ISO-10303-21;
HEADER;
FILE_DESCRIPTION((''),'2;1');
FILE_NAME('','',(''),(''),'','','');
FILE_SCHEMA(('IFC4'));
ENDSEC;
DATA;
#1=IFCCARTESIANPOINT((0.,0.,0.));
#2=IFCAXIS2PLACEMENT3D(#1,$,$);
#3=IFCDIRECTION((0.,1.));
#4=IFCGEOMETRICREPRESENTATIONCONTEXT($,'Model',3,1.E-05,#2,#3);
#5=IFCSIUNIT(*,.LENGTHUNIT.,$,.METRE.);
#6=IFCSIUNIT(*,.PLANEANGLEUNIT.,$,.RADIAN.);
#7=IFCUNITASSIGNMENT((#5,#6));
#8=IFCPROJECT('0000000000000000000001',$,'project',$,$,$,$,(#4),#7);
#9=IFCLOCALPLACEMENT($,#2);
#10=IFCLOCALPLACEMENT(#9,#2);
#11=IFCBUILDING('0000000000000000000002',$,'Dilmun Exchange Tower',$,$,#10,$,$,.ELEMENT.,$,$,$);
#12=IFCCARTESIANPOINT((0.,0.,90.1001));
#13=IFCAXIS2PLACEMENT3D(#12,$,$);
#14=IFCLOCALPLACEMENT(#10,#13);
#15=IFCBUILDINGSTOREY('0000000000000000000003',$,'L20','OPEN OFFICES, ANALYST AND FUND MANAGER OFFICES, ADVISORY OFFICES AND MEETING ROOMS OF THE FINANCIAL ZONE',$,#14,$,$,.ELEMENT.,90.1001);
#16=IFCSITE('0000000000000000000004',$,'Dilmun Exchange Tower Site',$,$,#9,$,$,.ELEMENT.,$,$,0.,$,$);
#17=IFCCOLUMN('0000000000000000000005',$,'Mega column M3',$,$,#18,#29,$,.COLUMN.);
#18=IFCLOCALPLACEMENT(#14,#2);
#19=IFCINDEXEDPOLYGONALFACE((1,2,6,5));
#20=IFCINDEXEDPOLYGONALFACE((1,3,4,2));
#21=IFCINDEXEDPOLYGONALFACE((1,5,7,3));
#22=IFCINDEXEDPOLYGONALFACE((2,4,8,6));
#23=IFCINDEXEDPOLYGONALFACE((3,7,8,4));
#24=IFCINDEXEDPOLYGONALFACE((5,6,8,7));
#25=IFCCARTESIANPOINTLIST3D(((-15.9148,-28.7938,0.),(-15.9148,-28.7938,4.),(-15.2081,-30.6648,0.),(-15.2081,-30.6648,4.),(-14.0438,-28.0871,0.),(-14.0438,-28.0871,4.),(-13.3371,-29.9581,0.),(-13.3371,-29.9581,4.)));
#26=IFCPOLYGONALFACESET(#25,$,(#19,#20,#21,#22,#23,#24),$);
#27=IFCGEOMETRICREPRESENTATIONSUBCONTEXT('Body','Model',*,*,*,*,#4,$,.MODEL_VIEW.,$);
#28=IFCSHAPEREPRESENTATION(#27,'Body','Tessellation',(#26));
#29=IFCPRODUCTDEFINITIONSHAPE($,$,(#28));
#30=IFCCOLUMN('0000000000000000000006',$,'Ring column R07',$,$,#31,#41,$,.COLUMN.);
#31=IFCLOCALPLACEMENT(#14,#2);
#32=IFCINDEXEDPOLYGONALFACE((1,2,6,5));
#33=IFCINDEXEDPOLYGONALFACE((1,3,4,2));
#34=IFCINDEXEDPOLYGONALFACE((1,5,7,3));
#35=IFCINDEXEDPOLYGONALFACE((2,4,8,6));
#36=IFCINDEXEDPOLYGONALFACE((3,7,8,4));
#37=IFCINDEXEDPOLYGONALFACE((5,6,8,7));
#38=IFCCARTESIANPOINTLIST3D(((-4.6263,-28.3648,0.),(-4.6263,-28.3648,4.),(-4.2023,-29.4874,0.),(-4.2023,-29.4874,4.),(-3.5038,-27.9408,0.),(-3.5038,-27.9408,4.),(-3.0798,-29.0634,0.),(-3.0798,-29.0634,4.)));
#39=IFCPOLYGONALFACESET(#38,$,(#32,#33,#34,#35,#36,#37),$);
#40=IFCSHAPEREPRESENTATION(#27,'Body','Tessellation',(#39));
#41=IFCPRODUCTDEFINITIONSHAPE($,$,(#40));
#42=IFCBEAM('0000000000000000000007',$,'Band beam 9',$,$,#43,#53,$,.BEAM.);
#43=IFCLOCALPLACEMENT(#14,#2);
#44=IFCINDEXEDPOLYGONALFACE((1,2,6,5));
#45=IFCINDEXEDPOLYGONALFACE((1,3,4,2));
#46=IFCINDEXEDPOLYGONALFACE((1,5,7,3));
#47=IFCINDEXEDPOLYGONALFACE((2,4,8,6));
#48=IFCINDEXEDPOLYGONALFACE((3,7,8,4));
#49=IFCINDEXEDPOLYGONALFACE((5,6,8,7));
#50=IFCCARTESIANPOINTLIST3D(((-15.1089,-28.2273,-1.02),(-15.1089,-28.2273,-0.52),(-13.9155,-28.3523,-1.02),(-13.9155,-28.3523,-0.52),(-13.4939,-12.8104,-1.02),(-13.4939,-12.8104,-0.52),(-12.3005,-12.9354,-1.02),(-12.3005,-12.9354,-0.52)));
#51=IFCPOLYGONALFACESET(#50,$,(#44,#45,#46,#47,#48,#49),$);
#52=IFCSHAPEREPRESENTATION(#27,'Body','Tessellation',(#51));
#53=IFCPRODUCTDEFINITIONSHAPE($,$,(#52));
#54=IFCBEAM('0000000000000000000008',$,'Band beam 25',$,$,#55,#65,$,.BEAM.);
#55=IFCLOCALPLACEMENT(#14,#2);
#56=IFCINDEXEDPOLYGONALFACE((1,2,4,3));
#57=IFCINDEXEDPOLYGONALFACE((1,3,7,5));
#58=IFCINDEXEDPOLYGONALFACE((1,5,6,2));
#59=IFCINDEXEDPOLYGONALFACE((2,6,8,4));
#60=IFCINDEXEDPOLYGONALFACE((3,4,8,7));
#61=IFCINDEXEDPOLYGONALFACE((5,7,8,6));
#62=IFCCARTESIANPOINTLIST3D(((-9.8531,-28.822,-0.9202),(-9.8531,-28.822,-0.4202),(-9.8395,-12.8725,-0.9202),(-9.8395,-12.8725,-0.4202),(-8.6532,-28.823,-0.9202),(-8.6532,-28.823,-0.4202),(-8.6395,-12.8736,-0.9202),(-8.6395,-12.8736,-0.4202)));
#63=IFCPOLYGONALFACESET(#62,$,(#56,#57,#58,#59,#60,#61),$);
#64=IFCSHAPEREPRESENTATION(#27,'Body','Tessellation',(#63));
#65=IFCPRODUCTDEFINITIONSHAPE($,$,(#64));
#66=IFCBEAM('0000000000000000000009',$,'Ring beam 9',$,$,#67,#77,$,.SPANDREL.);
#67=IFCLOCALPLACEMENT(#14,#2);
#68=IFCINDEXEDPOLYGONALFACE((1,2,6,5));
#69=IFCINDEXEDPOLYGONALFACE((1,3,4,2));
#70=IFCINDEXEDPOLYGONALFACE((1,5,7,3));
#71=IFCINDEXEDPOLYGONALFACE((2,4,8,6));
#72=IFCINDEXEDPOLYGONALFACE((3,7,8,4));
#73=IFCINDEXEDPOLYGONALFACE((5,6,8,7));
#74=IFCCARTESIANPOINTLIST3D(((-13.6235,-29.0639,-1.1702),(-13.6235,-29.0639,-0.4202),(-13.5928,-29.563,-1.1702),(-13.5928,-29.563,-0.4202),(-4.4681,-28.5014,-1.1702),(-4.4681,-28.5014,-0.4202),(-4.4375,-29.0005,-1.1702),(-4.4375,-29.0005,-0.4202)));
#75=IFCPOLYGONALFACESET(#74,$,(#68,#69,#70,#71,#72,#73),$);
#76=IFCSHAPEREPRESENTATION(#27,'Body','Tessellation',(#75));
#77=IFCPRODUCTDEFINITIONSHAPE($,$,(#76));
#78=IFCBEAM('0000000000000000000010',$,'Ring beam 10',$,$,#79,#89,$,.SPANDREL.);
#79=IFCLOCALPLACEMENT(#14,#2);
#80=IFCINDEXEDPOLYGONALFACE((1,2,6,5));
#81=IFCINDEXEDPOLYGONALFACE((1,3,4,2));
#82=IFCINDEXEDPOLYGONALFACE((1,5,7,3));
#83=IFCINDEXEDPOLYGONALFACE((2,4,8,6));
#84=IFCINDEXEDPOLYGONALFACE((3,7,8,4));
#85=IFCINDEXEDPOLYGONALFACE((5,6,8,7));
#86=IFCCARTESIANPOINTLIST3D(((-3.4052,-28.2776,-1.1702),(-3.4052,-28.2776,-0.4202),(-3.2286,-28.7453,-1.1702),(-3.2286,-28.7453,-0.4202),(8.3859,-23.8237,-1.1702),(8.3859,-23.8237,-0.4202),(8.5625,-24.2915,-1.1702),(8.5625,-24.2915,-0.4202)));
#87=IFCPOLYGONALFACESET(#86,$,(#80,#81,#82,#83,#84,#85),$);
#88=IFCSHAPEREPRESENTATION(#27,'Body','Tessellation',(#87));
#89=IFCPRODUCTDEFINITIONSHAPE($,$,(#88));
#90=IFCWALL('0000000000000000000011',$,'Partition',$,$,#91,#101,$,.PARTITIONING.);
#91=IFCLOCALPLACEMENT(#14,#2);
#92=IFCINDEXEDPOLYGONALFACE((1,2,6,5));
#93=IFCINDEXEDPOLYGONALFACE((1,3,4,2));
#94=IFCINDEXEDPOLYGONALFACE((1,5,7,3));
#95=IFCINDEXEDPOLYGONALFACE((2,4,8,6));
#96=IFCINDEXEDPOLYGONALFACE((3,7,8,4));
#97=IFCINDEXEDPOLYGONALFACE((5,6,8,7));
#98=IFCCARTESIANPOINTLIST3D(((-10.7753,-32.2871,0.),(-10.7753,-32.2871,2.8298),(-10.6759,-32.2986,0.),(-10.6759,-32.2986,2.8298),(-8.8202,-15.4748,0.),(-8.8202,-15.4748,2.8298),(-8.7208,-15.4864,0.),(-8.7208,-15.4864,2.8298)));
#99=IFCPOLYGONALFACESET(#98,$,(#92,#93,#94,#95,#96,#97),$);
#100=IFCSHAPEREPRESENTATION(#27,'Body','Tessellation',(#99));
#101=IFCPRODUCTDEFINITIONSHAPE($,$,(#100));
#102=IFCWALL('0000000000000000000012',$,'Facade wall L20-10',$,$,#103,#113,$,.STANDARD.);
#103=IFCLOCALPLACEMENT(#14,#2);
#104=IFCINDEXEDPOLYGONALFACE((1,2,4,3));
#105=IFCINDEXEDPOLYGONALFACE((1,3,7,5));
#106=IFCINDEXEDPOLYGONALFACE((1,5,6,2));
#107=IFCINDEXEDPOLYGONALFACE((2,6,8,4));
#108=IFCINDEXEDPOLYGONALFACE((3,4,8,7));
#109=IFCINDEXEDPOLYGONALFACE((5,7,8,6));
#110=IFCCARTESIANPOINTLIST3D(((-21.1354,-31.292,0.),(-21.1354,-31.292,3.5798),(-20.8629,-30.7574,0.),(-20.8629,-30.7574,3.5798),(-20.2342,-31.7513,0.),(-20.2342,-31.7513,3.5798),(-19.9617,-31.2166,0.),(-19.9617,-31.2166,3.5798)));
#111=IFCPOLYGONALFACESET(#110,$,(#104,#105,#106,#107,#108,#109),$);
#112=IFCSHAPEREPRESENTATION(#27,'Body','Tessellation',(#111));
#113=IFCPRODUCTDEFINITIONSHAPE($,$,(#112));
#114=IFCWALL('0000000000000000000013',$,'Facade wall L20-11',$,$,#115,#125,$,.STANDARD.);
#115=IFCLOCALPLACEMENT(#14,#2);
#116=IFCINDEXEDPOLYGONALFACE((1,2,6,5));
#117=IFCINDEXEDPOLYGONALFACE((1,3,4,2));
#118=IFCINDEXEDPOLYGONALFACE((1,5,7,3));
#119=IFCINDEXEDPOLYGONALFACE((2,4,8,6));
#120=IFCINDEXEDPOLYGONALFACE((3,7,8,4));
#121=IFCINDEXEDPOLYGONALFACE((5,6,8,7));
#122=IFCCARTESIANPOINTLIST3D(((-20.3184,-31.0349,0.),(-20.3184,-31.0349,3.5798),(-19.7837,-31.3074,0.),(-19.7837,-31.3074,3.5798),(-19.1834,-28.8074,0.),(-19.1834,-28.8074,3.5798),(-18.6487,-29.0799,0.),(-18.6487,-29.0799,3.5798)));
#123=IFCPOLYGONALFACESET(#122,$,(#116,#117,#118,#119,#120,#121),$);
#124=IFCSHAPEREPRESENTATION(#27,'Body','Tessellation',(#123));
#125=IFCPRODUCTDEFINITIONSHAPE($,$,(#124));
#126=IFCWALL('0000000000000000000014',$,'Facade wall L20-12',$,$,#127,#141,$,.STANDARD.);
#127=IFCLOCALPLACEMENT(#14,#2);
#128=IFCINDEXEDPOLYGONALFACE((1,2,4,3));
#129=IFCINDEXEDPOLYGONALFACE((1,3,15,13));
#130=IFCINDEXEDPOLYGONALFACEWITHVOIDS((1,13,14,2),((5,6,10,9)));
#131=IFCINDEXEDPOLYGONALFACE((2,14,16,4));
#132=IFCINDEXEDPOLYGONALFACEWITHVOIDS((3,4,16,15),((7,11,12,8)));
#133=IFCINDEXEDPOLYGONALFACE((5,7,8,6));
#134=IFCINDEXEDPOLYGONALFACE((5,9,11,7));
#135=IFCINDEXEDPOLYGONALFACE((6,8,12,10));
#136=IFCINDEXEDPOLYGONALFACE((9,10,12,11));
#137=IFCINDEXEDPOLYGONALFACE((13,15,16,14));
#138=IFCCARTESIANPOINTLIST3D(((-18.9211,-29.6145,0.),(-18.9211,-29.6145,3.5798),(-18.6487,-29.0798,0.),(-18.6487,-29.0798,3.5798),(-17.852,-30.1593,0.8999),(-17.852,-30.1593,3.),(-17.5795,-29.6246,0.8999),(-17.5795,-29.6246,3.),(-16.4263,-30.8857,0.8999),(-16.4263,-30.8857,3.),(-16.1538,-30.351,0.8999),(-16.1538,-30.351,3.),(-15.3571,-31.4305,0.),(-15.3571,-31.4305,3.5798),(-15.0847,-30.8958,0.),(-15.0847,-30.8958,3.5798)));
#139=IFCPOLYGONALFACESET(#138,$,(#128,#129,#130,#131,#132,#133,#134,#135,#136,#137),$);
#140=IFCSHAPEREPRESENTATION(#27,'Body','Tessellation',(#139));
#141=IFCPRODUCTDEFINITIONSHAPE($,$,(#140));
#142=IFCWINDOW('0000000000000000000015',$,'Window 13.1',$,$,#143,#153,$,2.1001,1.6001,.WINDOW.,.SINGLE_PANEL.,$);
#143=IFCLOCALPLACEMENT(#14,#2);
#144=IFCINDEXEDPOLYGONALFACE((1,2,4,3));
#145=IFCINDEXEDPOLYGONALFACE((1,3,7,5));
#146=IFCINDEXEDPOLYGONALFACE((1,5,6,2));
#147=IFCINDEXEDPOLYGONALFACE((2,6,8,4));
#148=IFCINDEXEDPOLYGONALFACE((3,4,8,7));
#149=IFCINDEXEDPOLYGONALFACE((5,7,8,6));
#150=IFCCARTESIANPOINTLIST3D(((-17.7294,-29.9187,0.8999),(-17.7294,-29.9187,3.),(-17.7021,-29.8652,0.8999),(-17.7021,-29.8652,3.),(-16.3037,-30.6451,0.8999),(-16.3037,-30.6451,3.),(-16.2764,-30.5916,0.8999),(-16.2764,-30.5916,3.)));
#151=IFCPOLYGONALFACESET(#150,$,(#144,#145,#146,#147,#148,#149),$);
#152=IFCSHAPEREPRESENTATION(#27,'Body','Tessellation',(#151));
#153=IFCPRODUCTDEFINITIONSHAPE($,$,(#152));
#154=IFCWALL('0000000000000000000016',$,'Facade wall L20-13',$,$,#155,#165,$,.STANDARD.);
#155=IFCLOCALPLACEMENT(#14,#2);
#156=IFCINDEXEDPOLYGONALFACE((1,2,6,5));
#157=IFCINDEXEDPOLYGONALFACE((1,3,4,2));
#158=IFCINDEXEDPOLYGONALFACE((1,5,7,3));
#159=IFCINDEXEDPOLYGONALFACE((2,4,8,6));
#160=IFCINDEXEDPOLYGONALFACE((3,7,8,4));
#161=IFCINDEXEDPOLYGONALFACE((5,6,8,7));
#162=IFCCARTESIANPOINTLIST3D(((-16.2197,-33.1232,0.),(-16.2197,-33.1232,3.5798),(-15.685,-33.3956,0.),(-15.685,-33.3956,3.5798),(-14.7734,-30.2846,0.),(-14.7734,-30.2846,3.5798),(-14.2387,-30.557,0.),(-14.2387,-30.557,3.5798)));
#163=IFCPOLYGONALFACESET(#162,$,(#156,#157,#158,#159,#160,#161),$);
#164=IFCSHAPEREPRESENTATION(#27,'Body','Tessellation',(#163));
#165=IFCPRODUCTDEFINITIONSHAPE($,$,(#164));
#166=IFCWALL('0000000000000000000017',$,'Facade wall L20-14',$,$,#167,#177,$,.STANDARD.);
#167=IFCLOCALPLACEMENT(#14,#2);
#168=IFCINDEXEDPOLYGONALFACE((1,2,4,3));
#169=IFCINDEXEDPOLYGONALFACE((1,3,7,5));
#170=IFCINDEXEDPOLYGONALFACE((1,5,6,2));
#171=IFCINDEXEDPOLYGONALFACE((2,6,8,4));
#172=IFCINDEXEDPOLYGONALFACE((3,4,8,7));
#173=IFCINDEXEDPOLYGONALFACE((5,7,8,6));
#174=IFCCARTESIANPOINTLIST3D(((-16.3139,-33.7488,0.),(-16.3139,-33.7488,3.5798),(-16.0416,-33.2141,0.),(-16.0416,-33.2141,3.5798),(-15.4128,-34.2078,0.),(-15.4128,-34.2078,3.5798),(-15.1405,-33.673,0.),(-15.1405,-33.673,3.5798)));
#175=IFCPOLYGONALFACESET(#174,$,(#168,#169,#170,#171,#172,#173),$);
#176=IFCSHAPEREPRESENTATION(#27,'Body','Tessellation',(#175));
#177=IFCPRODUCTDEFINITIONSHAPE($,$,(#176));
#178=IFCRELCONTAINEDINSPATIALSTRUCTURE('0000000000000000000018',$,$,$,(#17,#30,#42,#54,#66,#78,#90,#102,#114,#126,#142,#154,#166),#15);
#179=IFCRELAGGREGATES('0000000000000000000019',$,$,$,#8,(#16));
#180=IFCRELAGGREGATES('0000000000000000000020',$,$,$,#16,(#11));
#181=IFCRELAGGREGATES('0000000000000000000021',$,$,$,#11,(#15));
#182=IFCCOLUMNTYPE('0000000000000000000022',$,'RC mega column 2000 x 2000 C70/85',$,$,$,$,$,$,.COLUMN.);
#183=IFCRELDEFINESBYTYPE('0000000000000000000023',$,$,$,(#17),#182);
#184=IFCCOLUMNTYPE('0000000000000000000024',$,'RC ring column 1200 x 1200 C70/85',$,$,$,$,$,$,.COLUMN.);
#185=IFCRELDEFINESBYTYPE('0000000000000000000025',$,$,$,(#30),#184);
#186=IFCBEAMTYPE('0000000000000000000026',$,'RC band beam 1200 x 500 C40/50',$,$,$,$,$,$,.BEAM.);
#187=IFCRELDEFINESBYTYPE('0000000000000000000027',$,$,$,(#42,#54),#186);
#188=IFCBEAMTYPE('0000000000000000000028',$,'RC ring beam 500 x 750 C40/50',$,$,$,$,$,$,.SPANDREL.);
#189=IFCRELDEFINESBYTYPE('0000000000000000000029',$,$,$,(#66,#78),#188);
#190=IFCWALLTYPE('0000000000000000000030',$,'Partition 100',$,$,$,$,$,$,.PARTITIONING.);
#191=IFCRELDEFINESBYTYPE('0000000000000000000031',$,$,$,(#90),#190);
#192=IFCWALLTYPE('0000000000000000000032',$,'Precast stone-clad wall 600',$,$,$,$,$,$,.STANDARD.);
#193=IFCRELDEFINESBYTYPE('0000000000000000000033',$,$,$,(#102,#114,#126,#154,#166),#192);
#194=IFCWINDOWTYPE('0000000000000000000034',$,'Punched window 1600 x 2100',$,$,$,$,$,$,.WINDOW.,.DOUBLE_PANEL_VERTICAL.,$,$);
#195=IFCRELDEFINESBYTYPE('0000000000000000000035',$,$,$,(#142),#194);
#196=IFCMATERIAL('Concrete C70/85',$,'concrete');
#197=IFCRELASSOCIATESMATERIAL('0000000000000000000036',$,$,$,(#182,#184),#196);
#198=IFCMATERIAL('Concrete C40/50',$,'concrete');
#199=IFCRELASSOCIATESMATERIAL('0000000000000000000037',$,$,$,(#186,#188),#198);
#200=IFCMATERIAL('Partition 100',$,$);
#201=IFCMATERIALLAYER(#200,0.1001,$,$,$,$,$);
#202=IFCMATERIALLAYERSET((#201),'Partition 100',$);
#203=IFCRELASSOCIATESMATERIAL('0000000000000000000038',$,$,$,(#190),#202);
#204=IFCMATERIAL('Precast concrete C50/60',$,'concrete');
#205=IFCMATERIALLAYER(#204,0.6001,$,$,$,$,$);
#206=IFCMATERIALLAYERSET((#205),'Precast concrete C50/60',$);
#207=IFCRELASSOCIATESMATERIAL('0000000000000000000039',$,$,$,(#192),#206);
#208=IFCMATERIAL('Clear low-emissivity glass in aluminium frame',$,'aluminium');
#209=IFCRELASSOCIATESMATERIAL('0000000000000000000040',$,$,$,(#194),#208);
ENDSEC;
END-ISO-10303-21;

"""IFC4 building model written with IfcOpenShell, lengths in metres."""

from ifc_helpers import new_model, si_unit, direction, frame, frame_2d, origin, origin_2d, place, context, subcontext, project, spatial, rectangle, extrude, material, layer, layer_set, material_profile, profile_set, type_object, element, fill, save


model = new_model("IFC4")

# Units and contexts
model_context = context("Model", 3, precision=1e-05, world=origin(), true_north=direction((0.0, 1.0)))
body_context = subcontext(model_context, "Body", "Model", "MODEL_VIEW")
ifc_project = project(units=[si_unit("LENGTHUNIT", "METRE"), si_unit("PLANEANGLEUNIT", "RADIAN")], contexts=[model_context])

# Site, building, storey
site_placement = place(None, origin())
site = spatial("IfcSite", under=ifc_project, at=site_placement, Name="Dilmun Exchange Tower Site", CompositionType="ELEMENT", RefElevation=0.0)
building_placement = place(site_placement, origin())
building = spatial("IfcBuilding", under=site, at=building_placement, Name="Dilmun Exchange Tower", CompositionType="ELEMENT")
storey_placement = place(building_placement, frame((0.0, 0.0, 90.1001)))
storey = spatial("IfcBuildingStorey", under=building, at=storey_placement, Name="L20", Description="OPEN OFFICES, ANALYST AND FUND MANAGER OFFICES, ADVISORY OFFICES AND MEETING ROOMS OF THE FINANCIAL ZONE", CompositionType="ELEMENT", Elevation=90.1001)

# Columns
ifc_material_1 = material(Name="Concrete C70/85", Category="concrete")
ifc_material_profile_1 = material_profile(ifc_material_1, rectangle(XDim=2.0, YDim=2.0, at=origin_2d()), Name="2000 x 2000")
ifc_profile_set_1 = profile_set([ifc_material_profile_1], Name="Concrete C70/85")
column_type_1 = type_object("IfcColumnType", Name="RC mega column 2000 x 2000 C70/85", PredefinedType="COLUMN", material=ifc_profile_set_1)
column_1_placement = place(storey_placement, frame((-14.626, -29.376, 0.0), z_axis=(0.0, 0.0, 1.0), x_axis=(0.935492, 0.353349, 0.0)))
element("IfcColumn", 1, at=column_1_placement, inside=storey, type_object=column_type_1, Name="Mega column M3", PredefinedType="COLUMN", context=body_context, shape_type="SweptSolid", body=[
    extrude(rectangle(XDim=2.0, YDim=2.0, at=origin_2d()), origin(), (0.0, 0.0, 1.0), 4.0),
])
ifc_material_profile_2 = material_profile(ifc_material_1, rectangle(XDim=1.2, YDim=1.2, at=origin_2d()), Name="1200 x 1200")
ifc_profile_set_2 = profile_set([ifc_material_profile_2], Name="Concrete C70/85")
column_type_2 = type_object("IfcColumnType", Name="RC ring column 1200 x 1200 C70/85", PredefinedType="COLUMN", material=ifc_profile_set_2)
column_2_placement = place(storey_placement, frame((-3.853, -28.7141, 0.0), z_axis=(0.0, 0.0, 1.0), x_axis=(0.935492, 0.353349, 0.0)))
element("IfcColumn", 2, at=column_2_placement, inside=storey, type_object=column_type_2, Name="Ring column R07", PredefinedType="COLUMN", context=body_context, shape_type="SweptSolid", body=[
    extrude(rectangle(XDim=1.2, YDim=1.2, at=origin_2d()), origin(), (0.0, 0.0, 1.0), 4.0),
])

# Beams
ifc_material_2 = material(Name="Concrete C40/50", Category="concrete")
ifc_material_profile_3 = material_profile(ifc_material_2, rectangle(XDim=1.2, YDim=0.5, at=origin_2d()), Name="1200 x 500")
ifc_profile_set_3 = profile_set([ifc_material_profile_3], Name="Concrete C40/50")
beam_type_1 = type_object("IfcBeamType", Name="RC band beam 1200 x 500 C40/50", PredefinedType="BEAM", material=ifc_profile_set_3)
beam_1_placement = place(storey_placement, frame((-14.5122, -28.2898, -0.77), z_axis=(0.104185, 0.994558, 0.0), x_axis=(-0.994558, 0.104185, 0.0)))
element("IfcBeam", 3, at=beam_1_placement, inside=storey, type_object=beam_type_1, Name="Band beam 9", PredefinedType="BEAM", context=body_context, shape_type="SweptSolid", body=[
    extrude(rectangle(XDim=1.2, YDim=0.5, at=origin_2d()), origin(), (0.0, 0.0, 1.0), 15.5012),
])
beam_2_placement = place(storey_placement, frame((-9.2532, -28.8225, -0.6702), z_axis=(0.000857, 1.0, 0.0), x_axis=(-1.0, 0.000857, 0.0)))
element("IfcBeam", 4, at=beam_2_placement, inside=storey, type_object=beam_type_1, Name="Band beam 25", PredefinedType="BEAM", context=body_context, shape_type="SweptSolid", body=[
    extrude(rectangle(XDim=1.2, YDim=0.5, at=origin_2d()), origin(), (0.0, 0.0, 1.0), 15.9495),
])
ifc_material_profile_4 = material_profile(ifc_material_2, rectangle(XDim=0.5, YDim=0.75, at=origin_2d()), Name="500 x 750")
ifc_profile_set_4 = profile_set([ifc_material_profile_4], Name="Concrete C40/50")
beam_type_2 = type_object("IfcBeamType", Name="RC ring beam 500 x 750 C40/50", PredefinedType="SPANDREL", material=ifc_profile_set_4)
beam_3_placement = place(storey_placement, frame((-13.6082, -29.3135, -0.7952), z_axis=(0.998118, 0.061324, 0.0), x_axis=(-0.061324, 0.998118, 0.0)))
element("IfcBeam", 5, at=beam_3_placement, inside=storey, type_object=beam_type_2, Name="Ring beam 9", PredefinedType="SPANDREL", context=body_context, shape_type="SweptSolid", body=[
    extrude(rectangle(XDim=0.5, YDim=0.75, at=origin_2d()), origin(), (0.0, 0.0, 1.0), 9.1726),
])
beam_4_placement = place(storey_placement, frame((-3.3169, -28.5115, -0.7952), z_axis=(0.935486, 0.353364, 0.0), x_axis=(-0.353364, 0.935486, 0.0)))
element("IfcBeam", 6, at=beam_4_placement, inside=storey, type_object=beam_type_2, Name="Ring beam 10", PredefinedType="SPANDREL", context=body_context, shape_type="SweptSolid", body=[
    extrude(rectangle(XDim=0.5, YDim=0.75, at=origin_2d()), origin(), (0.0, 0.0, 1.0), 12.6042),
])

# Walls
ifc_material_3 = material(Name="Partition 100")
ifc_layer_1 = layer(ifc_material_3, 0.1001)
ifc_layer_set_1 = layer_set([ifc_layer_1], Name="Partition 100")
wall_type_1 = type_object("IfcWallType", Name="Partition 100", PredefinedType="PARTITIONING", material=ifc_layer_set_1)
wall_1_placement = place(storey_placement, frame((-10.7256, -32.293, 0.0), z_axis=(0.0, 0.0, 1.0), x_axis=(0.11551, 0.993306, 0.0)))
element("IfcWall", 7, at=wall_1_placement, inside=storey, type_object=wall_type_1, Name="Partition", PredefinedType="PARTITIONING", context=body_context, shape_type="SweptSolid", body=[
    extrude(rectangle(XDim=16.9255, YDim=0.1001, at=frame_2d((8.4629, 0.0))), origin(), (0.0, 0.0, 1.0), 2.8298),
])
ifc_material_4 = material(Name="Precast concrete C50/60", Category="concrete")
ifc_layer_2 = layer(ifc_material_4, 0.6001)
ifc_layer_set_2 = layer_set([ifc_layer_2], Name="Precast concrete C50/60")
wall_type_2 = type_object("IfcWallType", Name="Precast stone-clad wall 600", PredefinedType="STANDARD", material=ifc_layer_set_2)
wall_2_placement = place(storey_placement, frame((-20.9993, -31.0247, 0.0), z_axis=(0.0, 0.0, 1.0), x_axis=(0.890973, -0.454056, 0.0)))
element("IfcWall", 8, at=wall_2_placement, inside=storey, type_object=wall_type_2, Name="Facade wall L20-10", PredefinedType="STANDARD", context=body_context, shape_type="SweptSolid", body=[
    extrude(rectangle(XDim=1.0115, YDim=0.6001, at=frame_2d((0.5059, 0.0))), origin(), (0.0, 0.0, 1.0), 3.5798),
])
wall_3_placement = place(storey_placement, frame((-20.051, -31.1711, 0.0), z_axis=(0.0, 0.0, 1.0), x_axis=(0.453997, 0.891003, 0.0)))
element("IfcWall", 9, at=wall_3_placement, inside=storey, type_object=wall_type_2, Name="Facade wall L20-11", PredefinedType="STANDARD", context=body_context, shape_type="SweptSolid", body=[
    extrude(rectangle(XDim=2.5, YDim=0.6001, at=frame_2d((1.25, 0.0))), origin(), (0.0, 0.0, 1.0), 3.5798),
])

# Wall, opening, window
wall_4_placement = place(storey_placement, frame((-18.7849, -29.3472, 0.0), z_axis=(0.0, 0.0, 1.0), x_axis=(0.891008, -0.453988, 0.0)))
wall_4 = element("IfcWall", 10, at=wall_4_placement, inside=storey, type_object=wall_type_2, Name="Facade wall L20-12", PredefinedType="STANDARD", context=body_context, shape_type="SweptSolid", body=[
    extrude(rectangle(XDim=4.0, YDim=0.6001, at=frame_2d((2.0, 0.0))), origin(), (0.0, 0.0, 1.0), 3.5798),
])
opening_1_placement = place(wall_4_placement, frame((1.2, 0.0, 0.8999)))
opening_1 = element("IfcOpeningElement", 11, at=opening_1_placement, cuts=wall_4, PredefinedType="OPENING", context=body_context, shape_type="SweptSolid", body=[
    extrude(rectangle(XDim=1.6001, YDim=2.1001, at=frame_2d((0.8, 1.05))), frame((0.0, 0.3101, 0.0), z_axis=(0.0, -1.0, 0.0), x_axis=(1.0, 0.0, 0.0)), (0.0, 0.0, 1.0), 0.6201),
])
ifc_material_5 = material(Name="Clear low-emissivity glass in aluminium frame", Category="aluminium")
window_type_1 = type_object("IfcWindowType", Name="Punched window 1600 x 2100", PartitioningType="DOUBLE_PANEL_VERTICAL", PredefinedType="WINDOW", material=ifc_material_5)
window_1_placement = place(opening_1_placement, origin())
window_1 = element("IfcWindow", 12, at=window_1_placement, inside=storey, type_object=window_type_1, Name="Window 13.1", OverallHeight=2.1001, OverallWidth=1.6001, PartitioningType="SINGLE_PANEL", PredefinedType="WINDOW", context=body_context, shape_type="SweptSolid", body=[
    extrude(rectangle(XDim=1.6001, YDim=2.1001, at=frame_2d((0.8, 1.05))), frame((0.0, 0.03, 0.0), z_axis=(0.0, -1.0, 0.0), x_axis=(1.0, 0.0, 0.0)), (0.0, 0.0, 1.0), 0.0601),
])
fill(opening_1, window_1)

# Walls
wall_5_placement = place(storey_placement, frame((-14.5061, -30.4209, 0.0), z_axis=(0.0, 0.0, 1.0), x_axis=(-0.453975, -0.891014, 0.0)))
element("IfcWall", 13, at=wall_5_placement, inside=storey, type_object=wall_type_2, Name="Facade wall L20-13", PredefinedType="STANDARD", context=body_context, shape_type="SweptSolid", body=[
    extrude(rectangle(XDim=3.1858, YDim=0.6001, at=frame_2d((1.5928, 0.0))), origin(), (0.0, 0.0, 1.0), 3.5798),
])
wall_6_placement = place(storey_placement, frame((-16.1777, -33.4814, 0.0), z_axis=(0.0, 0.0, 1.0), x_axis=(0.891071, -0.453864, 0.0)))
element("IfcWall", 14, at=wall_6_placement, inside=storey, type_object=wall_type_2, Name="Facade wall L20-14", PredefinedType="STANDARD", context=body_context, shape_type="SweptSolid", body=[
    extrude(rectangle(XDim=1.0112, YDim=0.6001, at=frame_2d((0.5056, 0.0))), origin(), (0.0, 0.0, 1.0), 3.5798),
])

save(model, "model.ifc")
